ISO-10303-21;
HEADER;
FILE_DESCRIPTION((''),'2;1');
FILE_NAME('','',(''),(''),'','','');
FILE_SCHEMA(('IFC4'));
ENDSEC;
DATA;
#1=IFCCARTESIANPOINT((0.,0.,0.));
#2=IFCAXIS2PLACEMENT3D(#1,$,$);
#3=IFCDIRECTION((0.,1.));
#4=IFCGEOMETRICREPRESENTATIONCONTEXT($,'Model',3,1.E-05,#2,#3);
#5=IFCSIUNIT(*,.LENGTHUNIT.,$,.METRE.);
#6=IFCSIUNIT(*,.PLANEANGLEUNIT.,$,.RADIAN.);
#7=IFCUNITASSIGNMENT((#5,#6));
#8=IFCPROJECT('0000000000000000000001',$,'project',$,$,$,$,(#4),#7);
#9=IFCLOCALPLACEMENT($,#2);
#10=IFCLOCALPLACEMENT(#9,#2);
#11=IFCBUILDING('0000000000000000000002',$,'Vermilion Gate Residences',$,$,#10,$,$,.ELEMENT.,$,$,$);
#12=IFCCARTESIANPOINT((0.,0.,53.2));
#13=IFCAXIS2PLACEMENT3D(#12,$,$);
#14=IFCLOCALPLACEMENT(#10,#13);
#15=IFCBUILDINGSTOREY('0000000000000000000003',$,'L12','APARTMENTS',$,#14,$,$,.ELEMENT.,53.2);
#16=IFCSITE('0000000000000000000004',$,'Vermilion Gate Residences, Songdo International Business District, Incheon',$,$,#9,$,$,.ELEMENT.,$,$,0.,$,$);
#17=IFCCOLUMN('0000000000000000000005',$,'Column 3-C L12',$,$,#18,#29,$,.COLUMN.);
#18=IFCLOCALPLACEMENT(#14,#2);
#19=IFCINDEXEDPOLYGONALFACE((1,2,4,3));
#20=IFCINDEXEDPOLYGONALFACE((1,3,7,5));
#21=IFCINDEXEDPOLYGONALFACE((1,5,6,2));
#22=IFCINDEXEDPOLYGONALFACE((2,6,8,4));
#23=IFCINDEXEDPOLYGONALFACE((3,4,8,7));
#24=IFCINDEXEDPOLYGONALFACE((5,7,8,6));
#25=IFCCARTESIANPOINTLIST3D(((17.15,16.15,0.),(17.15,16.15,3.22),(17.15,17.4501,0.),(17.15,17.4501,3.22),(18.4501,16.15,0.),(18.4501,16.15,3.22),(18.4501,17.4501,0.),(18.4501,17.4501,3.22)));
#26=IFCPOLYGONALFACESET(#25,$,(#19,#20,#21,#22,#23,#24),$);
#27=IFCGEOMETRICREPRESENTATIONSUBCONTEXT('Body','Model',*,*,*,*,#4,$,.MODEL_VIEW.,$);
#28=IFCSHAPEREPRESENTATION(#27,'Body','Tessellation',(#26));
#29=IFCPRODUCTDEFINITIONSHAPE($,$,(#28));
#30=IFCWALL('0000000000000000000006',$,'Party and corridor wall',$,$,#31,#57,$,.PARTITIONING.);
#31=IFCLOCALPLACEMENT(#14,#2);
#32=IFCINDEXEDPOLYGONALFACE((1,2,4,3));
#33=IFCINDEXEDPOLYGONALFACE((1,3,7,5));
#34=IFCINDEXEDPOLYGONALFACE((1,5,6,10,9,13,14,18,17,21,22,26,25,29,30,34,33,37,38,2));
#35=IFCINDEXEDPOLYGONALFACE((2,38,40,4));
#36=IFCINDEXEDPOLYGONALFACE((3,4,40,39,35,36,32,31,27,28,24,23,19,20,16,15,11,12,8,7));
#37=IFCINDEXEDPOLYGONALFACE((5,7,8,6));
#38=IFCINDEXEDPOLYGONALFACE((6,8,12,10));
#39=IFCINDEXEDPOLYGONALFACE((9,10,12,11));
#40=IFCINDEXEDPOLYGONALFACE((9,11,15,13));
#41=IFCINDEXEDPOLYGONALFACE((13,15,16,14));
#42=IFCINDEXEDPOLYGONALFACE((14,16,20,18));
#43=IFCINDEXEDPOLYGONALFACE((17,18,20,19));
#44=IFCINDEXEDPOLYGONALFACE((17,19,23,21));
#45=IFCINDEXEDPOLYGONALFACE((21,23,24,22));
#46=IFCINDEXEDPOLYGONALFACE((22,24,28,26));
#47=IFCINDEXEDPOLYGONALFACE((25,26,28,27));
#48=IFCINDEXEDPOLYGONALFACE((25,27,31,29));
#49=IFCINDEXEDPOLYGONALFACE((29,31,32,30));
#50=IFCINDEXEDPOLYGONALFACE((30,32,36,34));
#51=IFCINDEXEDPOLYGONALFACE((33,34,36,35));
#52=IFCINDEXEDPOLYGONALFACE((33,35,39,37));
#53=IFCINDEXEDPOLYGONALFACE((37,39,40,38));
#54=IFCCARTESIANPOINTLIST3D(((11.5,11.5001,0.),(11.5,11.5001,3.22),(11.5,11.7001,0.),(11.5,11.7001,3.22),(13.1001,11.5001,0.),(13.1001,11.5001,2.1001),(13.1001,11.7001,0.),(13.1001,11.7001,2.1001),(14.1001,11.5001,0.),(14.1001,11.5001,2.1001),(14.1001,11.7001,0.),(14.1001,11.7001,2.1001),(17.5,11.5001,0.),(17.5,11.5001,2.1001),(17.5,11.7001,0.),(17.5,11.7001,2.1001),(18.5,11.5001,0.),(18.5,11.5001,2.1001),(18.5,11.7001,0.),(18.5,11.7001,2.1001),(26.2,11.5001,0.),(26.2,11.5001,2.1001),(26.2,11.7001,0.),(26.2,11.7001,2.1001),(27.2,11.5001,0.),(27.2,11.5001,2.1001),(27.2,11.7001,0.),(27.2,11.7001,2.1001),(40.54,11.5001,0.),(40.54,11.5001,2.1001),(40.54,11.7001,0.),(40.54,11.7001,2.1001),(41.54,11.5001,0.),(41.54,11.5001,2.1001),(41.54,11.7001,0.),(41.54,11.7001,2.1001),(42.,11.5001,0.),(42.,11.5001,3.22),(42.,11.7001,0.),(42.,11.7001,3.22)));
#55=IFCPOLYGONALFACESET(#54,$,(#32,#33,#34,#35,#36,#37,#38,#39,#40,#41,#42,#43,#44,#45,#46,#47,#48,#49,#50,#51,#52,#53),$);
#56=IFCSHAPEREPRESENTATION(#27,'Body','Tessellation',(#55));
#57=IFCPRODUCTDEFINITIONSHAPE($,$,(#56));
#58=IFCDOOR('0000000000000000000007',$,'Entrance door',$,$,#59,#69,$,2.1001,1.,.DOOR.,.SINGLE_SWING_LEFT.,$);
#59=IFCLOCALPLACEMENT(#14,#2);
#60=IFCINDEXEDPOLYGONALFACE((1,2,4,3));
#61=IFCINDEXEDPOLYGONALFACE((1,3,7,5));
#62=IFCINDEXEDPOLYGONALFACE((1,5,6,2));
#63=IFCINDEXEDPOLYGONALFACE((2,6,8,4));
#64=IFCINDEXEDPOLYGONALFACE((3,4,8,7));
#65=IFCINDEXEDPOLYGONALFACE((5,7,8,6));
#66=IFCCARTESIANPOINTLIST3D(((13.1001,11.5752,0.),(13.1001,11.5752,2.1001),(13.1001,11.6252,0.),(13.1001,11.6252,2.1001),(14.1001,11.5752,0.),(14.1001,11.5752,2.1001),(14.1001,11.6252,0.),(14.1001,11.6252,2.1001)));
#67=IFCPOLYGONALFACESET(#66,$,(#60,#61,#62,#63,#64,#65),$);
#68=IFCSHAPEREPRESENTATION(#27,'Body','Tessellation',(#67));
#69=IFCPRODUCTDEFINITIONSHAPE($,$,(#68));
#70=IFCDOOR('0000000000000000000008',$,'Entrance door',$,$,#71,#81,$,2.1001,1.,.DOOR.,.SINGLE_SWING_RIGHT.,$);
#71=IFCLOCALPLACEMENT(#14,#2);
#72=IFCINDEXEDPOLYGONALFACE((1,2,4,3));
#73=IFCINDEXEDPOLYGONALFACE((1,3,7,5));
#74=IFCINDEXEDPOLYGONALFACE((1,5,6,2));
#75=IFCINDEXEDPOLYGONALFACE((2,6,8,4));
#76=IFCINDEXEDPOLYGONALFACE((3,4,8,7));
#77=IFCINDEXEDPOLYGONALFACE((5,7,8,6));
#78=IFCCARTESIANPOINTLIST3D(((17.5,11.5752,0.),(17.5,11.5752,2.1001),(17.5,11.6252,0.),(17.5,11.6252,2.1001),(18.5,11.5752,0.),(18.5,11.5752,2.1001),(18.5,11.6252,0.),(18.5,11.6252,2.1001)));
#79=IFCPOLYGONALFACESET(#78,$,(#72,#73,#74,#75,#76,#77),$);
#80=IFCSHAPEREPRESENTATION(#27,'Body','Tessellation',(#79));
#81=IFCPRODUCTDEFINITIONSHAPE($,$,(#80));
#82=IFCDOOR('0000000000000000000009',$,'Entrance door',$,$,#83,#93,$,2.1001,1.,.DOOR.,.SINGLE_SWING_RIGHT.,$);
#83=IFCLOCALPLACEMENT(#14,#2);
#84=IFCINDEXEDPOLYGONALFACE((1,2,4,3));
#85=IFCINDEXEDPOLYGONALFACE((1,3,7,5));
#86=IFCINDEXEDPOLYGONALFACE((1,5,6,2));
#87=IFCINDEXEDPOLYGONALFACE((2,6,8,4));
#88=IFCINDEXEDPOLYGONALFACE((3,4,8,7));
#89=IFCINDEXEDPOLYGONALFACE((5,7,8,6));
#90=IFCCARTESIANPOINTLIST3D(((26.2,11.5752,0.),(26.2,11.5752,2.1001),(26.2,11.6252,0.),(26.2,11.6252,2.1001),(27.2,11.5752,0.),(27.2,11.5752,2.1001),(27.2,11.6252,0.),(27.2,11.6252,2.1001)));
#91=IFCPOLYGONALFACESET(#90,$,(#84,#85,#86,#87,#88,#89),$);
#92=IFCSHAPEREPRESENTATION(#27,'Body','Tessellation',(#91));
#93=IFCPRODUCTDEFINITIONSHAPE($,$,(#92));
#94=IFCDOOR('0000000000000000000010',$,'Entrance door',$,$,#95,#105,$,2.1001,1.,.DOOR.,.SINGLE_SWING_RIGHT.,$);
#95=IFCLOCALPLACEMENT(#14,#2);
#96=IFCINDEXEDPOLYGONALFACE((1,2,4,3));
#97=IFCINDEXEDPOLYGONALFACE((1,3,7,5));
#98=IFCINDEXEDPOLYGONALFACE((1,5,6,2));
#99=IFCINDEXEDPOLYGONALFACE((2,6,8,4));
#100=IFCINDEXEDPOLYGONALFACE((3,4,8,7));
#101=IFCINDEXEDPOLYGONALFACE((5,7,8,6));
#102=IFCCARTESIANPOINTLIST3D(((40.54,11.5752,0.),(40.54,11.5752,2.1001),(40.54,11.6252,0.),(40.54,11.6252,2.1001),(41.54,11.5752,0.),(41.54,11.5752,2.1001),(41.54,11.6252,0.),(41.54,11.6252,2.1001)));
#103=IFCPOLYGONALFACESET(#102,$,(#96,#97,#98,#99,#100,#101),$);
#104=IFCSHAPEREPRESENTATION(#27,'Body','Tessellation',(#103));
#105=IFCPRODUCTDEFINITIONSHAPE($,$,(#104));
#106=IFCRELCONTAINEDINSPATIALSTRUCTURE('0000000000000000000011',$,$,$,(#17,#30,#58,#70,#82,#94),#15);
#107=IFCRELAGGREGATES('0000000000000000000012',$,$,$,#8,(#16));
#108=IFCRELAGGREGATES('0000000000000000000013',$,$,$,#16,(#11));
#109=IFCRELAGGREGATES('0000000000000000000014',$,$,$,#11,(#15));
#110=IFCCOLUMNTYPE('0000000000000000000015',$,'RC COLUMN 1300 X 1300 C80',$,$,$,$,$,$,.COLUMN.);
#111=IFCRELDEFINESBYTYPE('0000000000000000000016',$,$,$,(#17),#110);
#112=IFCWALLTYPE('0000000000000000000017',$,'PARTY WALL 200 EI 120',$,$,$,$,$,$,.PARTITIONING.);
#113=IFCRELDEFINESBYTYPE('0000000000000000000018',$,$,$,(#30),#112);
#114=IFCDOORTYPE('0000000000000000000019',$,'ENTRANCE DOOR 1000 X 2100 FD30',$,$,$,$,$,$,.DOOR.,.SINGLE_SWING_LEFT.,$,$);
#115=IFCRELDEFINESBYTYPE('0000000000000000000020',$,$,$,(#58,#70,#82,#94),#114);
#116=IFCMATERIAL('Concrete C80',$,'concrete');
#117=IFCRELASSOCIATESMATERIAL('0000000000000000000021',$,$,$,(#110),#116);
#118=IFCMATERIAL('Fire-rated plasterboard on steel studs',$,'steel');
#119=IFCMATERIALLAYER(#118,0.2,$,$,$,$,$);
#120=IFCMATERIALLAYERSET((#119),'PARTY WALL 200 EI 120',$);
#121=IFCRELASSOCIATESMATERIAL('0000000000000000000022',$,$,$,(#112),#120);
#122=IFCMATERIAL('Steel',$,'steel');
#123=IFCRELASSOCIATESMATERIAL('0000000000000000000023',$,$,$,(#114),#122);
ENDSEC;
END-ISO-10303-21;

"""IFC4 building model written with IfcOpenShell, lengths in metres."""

from ifc_helpers import new_model, si_unit, direction, frame, frame_2d, origin, origin_2d, place, context, subcontext, project, spatial, rectangle, extrude, material, layer, layer_set, material_profile, profile_set, type_object, element, fill, save


model = new_model("IFC4")

# Units and contexts
model_context = context("Model", 3, precision=1e-05, world=origin(), true_north=direction((0.0, 1.0)))
body_context = subcontext(model_context, "Body", "Model", "MODEL_VIEW")
ifc_project = project(units=[si_unit("LENGTHUNIT", "METRE"), si_unit("PLANEANGLEUNIT", "RADIAN")], contexts=[model_context])

# Site, building, storey
site_placement = place(None, origin())
site = spatial("IfcSite", under=ifc_project, at=site_placement, Name="Vermilion Gate Residences, Songdo International Business District, Incheon", CompositionType="ELEMENT", RefElevation=0.0)
building_placement = place(site_placement, origin())
building = spatial("IfcBuilding", under=site, at=building_placement, Name="Vermilion Gate Residences", CompositionType="ELEMENT")
storey_placement = place(building_placement, frame((0.0, 0.0, 53.2)))
storey = spatial("IfcBuildingStorey", under=building, at=storey_placement, Name="L12", Description="APARTMENTS", CompositionType="ELEMENT", Elevation=53.2)

# Column
ifc_material_1 = material(Name="Concrete C80", Category="concrete")
ifc_material_profile = material_profile(ifc_material_1, rectangle(XDim=1.3, YDim=1.3, at=origin_2d()), Name="RC-1300x1300")
ifc_profile_set = profile_set([ifc_material_profile], Name="Concrete C80")
column_type = type_object("IfcColumnType", Name="RC COLUMN 1300 X 1300 C80", PredefinedType="COLUMN", material=ifc_profile_set)
column_placement = place(storey_placement, frame((17.8, 16.8, 0.0), z_axis=(0.0, 0.0, 1.0), x_axis=(1.0, 0.0, 0.0)))
element("IfcColumn", 1, at=column_placement, inside=storey, type_object=column_type, Name="Column 3-C L12", PredefinedType="COLUMN", context=body_context, shape_type="SweptSolid", body=[
    extrude(rectangle(XDim=1.3, YDim=1.3, at=origin_2d()), origin(), (0.0, 0.0, 1.0), 3.22),
])

# Wall, openings, doors
ifc_material_2 = material(Name="Fire-rated plasterboard on steel studs", Category="steel")
ifc_layer_1 = layer(ifc_material_2, 0.2)
ifc_layer_set_1 = layer_set([ifc_layer_1], Name="PARTY WALL 200 EI 120")
wall_type_1 = type_object("IfcWallType", Name="PARTY WALL 200 EI 120", PredefinedType="PARTITIONING", material=ifc_layer_set_1)
wall_1_placement = place(storey_placement, frame((11.5, 11.6001, 0.0), z_axis=(0.0, 0.0, 1.0), x_axis=(1.0, 0.0, 0.0)))
wall_1 = element("IfcWall", 2, at=wall_1_placement, inside=storey, type_object=wall_type_1, Name="Party and corridor wall", PredefinedType="PARTITIONING", context=body_context, shape_type="SweptSolid", body=[
    extrude(rectangle(XDim=30.5, YDim=0.2, at=frame_2d((15.25, 0.0))), origin(), (0.0, 0.0, 1.0), 3.22),
])
opening_1_placement = place(wall_1_placement, frame((1.6001, 0.0, 0.0)))
opening_1 = element("IfcOpeningElement", 3, at=opening_1_placement, cuts=wall_1, PredefinedType="OPENING", context=body_context, shape_type="SweptSolid", body=[
    extrude(rectangle(XDim=1.0, YDim=2.1001, at=frame_2d((0.5, 1.05))), frame((0.0, 0.1099, 0.0), z_axis=(0.0, -1.0, 0.0), x_axis=(1.0, 0.0, 0.0)), (0.0, 0.0, 1.0), 0.22),
])
opening_2_placement = place(wall_1_placement, frame((6.0, 0.0, 0.0)))
opening_2 = element("IfcOpeningElement", 4, at=opening_2_placement, cuts=wall_1, PredefinedType="OPENING", context=body_context, shape_type="SweptSolid", body=[
    extrude(rectangle(XDim=1.0, YDim=2.1001, at=frame_2d((0.5, 1.05))), frame((0.0, 0.1099, 0.0), z_axis=(0.0, -1.0, 0.0), x_axis=(1.0, 0.0, 0.0)), (0.0, 0.0, 1.0), 0.22),
])
opening_3_placement = place(wall_1_placement, frame((14.7, 0.0, 0.0)))
opening_3 = element("IfcOpeningElement", 5, at=opening_3_placement, cuts=wall_1, PredefinedType="OPENING", context=body_context, shape_type="SweptSolid", body=[
    extrude(rectangle(XDim=1.0, YDim=2.1001, at=frame_2d((0.5, 1.05))), frame((0.0, 0.1099, 0.0), z_axis=(0.0, -1.0, 0.0), x_axis=(1.0, 0.0, 0.0)), (0.0, 0.0, 1.0), 0.22),
])
opening_4_placement = place(wall_1_placement, frame((29.04, 0.0, 0.0)))
opening_4 = element("IfcOpeningElement", 6, at=opening_4_placement, cuts=wall_1, PredefinedType="OPENING", context=body_context, shape_type="SweptSolid", body=[
    extrude(rectangle(XDim=1.0, YDim=2.1001, at=frame_2d((0.5, 1.05))), frame((0.0, 0.1099, 0.0), z_axis=(0.0, -1.0, 0.0), x_axis=(1.0, 0.0, 0.0)), (0.0, 0.0, 1.0), 0.22),
])
ifc_material_3 = material(Name="Steel", Category="steel")
door_type_1 = type_object("IfcDoorType", Name="ENTRANCE DOOR 1000 X 2100 FD30", OperationType="SINGLE_SWING_LEFT", PredefinedType="DOOR", material=ifc_material_3)
door_1_placement = place(opening_1_placement, frame((1.0, 0.0, 0.0), z_axis=(0.0, 0.0, 1.0), x_axis=(-1.0, 0.0, 0.0)))
door_1 = element("IfcDoor", 7, at=door_1_placement, inside=storey, type_object=door_type_1, Name="Entrance door", OperationType="SINGLE_SWING_LEFT", OverallHeight=2.1001, OverallWidth=1.0, PredefinedType="DOOR", context=body_context, shape_type="SweptSolid", body=[
    extrude(rectangle(XDim=1.0, YDim=2.1001, at=frame_2d((0.5, 1.05))), frame((0.0, 0.0249, 0.0), z_axis=(0.0, -1.0, 0.0), x_axis=(1.0, 0.0, 0.0)), (0.0, 0.0, 1.0), 0.05),
])
fill(opening_1, door_1)
door_2_placement = place(opening_2_placement, frame((1.0, 0.0, 0.0), z_axis=(0.0, 0.0, 1.0), x_axis=(-1.0, 0.0, 0.0)))
door_2 = element("IfcDoor", 8, at=door_2_placement, inside=storey, type_object=door_type_1, Name="Entrance door", OperationType="SINGLE_SWING_RIGHT", OverallHeight=2.1001, OverallWidth=1.0, PredefinedType="DOOR", context=body_context, shape_type="SweptSolid", body=[
    extrude(rectangle(XDim=1.0, YDim=2.1001, at=frame_2d((0.5, 1.05))), frame((0.0, 0.0249, 0.0), z_axis=(0.0, -1.0, 0.0), x_axis=(1.0, 0.0, 0.0)), (0.0, 0.0, 1.0), 0.05),
])
fill(opening_2, door_2)
door_3_placement = place(opening_3_placement, frame((1.0, 0.0, 0.0), z_axis=(0.0, 0.0, 1.0), x_axis=(-1.0, 0.0, 0.0)))
door_3 = element("IfcDoor", 9, at=door_3_placement, inside=storey, type_object=door_type_1, Name="Entrance door", OperationType="SINGLE_SWING_RIGHT", OverallHeight=2.1001, OverallWidth=1.0, PredefinedType="DOOR", context=body_context, shape_type="SweptSolid", body=[
    extrude(rectangle(XDim=1.0, YDim=2.1001, at=frame_2d((0.5, 1.05))), frame((0.0, 0.0249, 0.0), z_axis=(0.0, -1.0, 0.0), x_axis=(1.0, 0.0, 0.0)), (0.0, 0.0, 1.0), 0.05),
])
fill(opening_3, door_3)
door_4_placement = place(opening_4_placement, frame((1.0, 0.0, 0.0), z_axis=(0.0, 0.0, 1.0), x_axis=(-1.0, 0.0, 0.0)))
door_4 = element("IfcDoor", 10, at=door_4_placement, inside=storey, type_object=door_type_1, Name="Entrance door", OperationType="SINGLE_SWING_RIGHT", OverallHeight=2.1001, OverallWidth=1.0, PredefinedType="DOOR", context=body_context, shape_type="SweptSolid", body=[
    extrude(rectangle(XDim=1.0, YDim=2.1001, at=frame_2d((0.5, 1.05))), frame((0.0, 0.0249, 0.0), z_axis=(0.0, -1.0, 0.0), x_axis=(1.0, 0.0, 0.0)), (0.0, 0.0, 1.0), 0.05),
])
fill(opening_4, door_4)

save(model, "model.ifc")
